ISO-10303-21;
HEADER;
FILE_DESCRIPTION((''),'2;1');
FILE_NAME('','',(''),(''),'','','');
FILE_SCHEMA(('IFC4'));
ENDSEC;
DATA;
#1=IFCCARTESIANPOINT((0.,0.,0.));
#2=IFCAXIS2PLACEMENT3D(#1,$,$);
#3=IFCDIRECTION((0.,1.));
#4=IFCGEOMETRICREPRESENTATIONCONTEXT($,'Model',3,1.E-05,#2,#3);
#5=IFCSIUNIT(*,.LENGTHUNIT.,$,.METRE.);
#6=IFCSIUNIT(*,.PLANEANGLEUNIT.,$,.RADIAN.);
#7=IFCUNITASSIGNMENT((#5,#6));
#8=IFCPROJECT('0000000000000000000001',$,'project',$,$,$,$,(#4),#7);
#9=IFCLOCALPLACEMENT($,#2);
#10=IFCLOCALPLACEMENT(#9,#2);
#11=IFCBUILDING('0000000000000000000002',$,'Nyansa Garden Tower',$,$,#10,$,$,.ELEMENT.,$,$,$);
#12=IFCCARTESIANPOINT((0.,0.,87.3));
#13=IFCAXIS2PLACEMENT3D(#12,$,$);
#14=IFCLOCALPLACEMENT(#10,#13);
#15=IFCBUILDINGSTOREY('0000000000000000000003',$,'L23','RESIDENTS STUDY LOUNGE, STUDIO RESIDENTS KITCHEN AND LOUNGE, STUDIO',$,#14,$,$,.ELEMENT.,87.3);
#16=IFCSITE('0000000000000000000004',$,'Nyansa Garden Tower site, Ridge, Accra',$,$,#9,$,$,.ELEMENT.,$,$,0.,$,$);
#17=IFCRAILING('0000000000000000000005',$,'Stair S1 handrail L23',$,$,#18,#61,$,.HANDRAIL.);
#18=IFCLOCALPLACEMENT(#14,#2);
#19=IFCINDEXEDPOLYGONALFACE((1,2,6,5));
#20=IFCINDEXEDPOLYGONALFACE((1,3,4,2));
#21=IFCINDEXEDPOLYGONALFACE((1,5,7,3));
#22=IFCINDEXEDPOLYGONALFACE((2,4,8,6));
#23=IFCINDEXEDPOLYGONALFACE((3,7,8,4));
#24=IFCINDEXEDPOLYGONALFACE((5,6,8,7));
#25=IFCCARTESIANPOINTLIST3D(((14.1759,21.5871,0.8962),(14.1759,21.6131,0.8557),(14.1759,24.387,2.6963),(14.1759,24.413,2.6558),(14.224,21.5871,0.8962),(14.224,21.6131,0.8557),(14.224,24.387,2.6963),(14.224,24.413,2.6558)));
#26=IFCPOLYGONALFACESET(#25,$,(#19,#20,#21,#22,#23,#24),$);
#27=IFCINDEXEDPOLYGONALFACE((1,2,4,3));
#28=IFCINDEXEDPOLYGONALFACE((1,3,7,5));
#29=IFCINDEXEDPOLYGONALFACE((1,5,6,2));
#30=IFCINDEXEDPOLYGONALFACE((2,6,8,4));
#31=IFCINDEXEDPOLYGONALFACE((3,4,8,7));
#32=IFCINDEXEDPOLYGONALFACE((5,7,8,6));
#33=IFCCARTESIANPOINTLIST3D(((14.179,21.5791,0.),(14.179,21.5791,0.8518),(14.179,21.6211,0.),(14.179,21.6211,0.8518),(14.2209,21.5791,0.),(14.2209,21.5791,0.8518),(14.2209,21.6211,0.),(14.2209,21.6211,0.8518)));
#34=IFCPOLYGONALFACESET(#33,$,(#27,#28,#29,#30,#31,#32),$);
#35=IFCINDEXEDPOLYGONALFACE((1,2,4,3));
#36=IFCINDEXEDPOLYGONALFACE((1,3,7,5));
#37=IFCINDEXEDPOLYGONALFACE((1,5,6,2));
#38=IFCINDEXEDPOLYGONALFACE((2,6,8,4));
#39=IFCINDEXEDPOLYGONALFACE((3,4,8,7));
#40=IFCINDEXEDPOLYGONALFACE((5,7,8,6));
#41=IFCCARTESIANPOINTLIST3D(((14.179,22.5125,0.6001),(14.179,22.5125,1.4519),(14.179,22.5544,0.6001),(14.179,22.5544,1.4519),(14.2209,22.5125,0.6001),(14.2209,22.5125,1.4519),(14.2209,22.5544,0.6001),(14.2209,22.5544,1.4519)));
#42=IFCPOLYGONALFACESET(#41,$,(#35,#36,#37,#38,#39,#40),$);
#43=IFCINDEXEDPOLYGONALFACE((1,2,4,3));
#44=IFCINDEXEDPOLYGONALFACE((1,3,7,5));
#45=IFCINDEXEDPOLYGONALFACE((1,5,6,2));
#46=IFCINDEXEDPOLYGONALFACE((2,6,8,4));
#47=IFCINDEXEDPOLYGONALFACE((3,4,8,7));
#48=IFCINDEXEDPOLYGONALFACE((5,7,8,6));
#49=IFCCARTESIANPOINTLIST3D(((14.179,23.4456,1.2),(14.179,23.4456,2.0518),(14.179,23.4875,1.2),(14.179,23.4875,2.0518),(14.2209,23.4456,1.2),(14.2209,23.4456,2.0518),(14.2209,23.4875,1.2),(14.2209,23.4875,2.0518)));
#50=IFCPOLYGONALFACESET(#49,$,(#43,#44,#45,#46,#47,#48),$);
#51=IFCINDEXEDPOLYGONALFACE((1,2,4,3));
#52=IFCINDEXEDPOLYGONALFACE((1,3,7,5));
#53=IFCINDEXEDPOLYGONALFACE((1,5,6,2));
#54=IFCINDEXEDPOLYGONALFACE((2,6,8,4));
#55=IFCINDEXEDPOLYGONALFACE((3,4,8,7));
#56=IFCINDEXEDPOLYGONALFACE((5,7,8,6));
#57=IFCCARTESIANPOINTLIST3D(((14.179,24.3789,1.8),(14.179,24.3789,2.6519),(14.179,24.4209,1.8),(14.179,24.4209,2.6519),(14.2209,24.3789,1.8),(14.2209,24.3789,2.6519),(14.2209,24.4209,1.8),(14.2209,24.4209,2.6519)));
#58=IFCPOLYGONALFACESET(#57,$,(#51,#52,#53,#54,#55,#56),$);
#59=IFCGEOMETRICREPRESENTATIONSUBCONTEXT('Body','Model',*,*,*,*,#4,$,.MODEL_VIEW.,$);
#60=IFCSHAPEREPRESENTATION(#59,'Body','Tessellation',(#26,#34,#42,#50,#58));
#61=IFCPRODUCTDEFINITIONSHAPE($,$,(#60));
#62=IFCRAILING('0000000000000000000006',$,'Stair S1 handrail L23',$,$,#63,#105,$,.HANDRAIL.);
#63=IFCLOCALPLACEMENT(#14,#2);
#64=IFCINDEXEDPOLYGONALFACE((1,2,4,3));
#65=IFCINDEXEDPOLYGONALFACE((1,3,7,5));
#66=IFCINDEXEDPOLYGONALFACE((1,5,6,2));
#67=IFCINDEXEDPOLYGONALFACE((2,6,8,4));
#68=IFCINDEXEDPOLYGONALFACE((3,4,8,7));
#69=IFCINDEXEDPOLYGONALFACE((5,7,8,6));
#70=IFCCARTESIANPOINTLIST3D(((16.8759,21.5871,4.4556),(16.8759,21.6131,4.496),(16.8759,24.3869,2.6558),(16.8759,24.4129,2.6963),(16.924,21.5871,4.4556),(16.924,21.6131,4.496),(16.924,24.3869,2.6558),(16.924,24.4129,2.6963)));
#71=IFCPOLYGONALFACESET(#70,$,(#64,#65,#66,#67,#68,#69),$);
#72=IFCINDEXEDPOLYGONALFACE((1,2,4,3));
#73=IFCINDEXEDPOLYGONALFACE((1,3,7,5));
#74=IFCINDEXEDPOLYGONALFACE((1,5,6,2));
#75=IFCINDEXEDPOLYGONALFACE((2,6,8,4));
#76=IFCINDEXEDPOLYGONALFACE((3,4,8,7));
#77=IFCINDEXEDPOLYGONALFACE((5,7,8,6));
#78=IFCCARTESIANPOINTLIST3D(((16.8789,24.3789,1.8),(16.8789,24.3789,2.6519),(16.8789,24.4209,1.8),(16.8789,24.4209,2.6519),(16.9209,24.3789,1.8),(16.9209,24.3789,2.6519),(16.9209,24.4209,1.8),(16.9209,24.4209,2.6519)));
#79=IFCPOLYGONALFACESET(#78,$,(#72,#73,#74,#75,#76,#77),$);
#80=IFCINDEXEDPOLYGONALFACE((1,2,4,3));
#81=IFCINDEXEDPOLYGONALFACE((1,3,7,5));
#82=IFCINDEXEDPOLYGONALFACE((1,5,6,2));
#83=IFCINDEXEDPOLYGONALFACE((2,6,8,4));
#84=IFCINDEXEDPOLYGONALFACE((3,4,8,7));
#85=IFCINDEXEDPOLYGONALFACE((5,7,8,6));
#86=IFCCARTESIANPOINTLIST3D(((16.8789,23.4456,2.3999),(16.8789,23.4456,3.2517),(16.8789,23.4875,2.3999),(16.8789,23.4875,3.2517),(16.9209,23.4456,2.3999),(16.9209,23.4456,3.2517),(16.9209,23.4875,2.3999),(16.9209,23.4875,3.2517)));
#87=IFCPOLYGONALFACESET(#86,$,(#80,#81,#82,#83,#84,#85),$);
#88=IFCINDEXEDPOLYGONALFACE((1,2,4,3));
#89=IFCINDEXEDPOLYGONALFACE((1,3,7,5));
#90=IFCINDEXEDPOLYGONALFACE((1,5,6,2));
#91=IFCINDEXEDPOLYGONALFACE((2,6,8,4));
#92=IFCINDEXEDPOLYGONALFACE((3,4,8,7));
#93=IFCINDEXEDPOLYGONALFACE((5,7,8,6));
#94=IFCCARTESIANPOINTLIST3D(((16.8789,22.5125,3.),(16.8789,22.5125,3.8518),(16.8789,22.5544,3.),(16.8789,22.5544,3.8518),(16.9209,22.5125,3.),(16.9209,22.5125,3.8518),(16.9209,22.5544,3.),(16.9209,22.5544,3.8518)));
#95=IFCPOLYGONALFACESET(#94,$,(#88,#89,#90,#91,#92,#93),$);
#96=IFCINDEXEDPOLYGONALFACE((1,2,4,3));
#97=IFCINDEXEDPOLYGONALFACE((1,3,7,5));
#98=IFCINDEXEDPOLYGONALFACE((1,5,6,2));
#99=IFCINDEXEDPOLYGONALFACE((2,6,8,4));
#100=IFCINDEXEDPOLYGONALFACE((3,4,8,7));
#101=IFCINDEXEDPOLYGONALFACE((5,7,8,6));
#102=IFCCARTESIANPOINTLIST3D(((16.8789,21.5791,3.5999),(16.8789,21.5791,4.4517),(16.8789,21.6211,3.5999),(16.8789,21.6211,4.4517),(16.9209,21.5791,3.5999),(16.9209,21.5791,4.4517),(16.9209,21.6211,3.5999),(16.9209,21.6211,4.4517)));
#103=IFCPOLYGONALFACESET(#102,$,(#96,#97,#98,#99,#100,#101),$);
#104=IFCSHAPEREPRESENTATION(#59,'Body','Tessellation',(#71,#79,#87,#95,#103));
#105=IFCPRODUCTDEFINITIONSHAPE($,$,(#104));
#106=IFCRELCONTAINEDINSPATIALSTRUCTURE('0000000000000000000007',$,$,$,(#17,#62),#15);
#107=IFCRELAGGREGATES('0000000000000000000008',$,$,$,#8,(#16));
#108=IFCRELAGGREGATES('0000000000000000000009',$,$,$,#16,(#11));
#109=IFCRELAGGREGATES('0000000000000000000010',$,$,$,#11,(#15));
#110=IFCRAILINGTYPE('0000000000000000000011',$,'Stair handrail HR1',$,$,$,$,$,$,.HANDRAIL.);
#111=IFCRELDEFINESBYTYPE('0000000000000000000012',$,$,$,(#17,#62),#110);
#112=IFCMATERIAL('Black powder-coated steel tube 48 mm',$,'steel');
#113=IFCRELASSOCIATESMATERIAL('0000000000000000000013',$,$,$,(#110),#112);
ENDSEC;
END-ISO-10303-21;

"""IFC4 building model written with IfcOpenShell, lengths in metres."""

from ifc_helpers import new_model, si_unit, direction, frame, origin, origin_2d, place, context, subcontext, project, spatial, rectangle, extrude, material, type_object, element, save


model = new_model("IFC4")

# Units and contexts
model_context = context("Model", 3, precision=1e-05, world=origin(), true_north=direction((0.0, 1.0)))
body_context = subcontext(model_context, "Body", "Model", "MODEL_VIEW")
ifc_project = project(units=[si_unit("LENGTHUNIT", "METRE"), si_unit("PLANEANGLEUNIT", "RADIAN")], contexts=[model_context])

# Site, building, storey
site_placement = place(None, origin())
site = spatial("IfcSite", under=ifc_project, at=site_placement, Name="Nyansa Garden Tower site, Ridge, Accra", CompositionType="ELEMENT", RefElevation=0.0)
building_placement = place(site_placement, origin())
building = spatial("IfcBuilding", under=site, at=building_placement, Name="Nyansa Garden Tower", CompositionType="ELEMENT")
storey_placement = place(building_placement, frame((0.0, 0.0, 87.3)))
storey = spatial("IfcBuildingStorey", under=building, at=storey_placement, Name="L23", Description="RESIDENTS STUDY LOUNGE, STUDIO RESIDENTS KITCHEN AND LOUNGE, STUDIO", CompositionType="ELEMENT", Elevation=87.3)

# Railings
ifc_material_1 = material(Name="Black powder-coated steel tube 48 mm", Category="steel")
railing_type = type_object("IfcRailingType", Name="Stair handrail HR1", PredefinedType="HANDRAIL", material=ifc_material_1)
railing_1_placement = place(storey_placement, frame((14.2, 21.6001, 0.0)))
element("IfcRailing", 1, at=railing_1_placement, inside=storey, type_object=railing_type, Name="Stair S1 handrail L23", PredefinedType="HANDRAIL", context=body_context, shape_type="SweptSolid", body=[
    extrude(rectangle(XDim=0.0481, YDim=0.0481, at=origin_2d()), frame((0.0, 0.0, 0.876), z_axis=(0.0, 0.841155, 0.540795), x_axis=(-1.0, 0.0, 0.0)), (0.0, 0.0, 1.0), 3.3286),
    extrude(rectangle(XDim=0.042, YDim=0.042, at=origin_2d()), origin(), (0.0, 0.0, 1.0), 0.8518),
    extrude(rectangle(XDim=0.042, YDim=0.042, at=origin_2d()), frame((0.0, 0.9333, 0.6001)), (0.0, 0.0, 1.0), 0.8518),
    extrude(rectangle(XDim=0.042, YDim=0.042, at=origin_2d()), frame((0.0, 1.8665, 1.2)), (0.0, 0.0, 1.0), 0.8518),
    extrude(rectangle(XDim=0.042, YDim=0.042, at=origin_2d()), frame((0.0, 2.7998, 1.8)), (0.0, 0.0, 1.0), 0.8518),
])
railing_2_placement = place(storey_placement, frame((16.8999, 24.3999, 1.8)))
element("IfcRailing", 2, at=railing_2_placement, inside=storey, type_object=railing_type, Name="Stair S1 handrail L23", PredefinedType="HANDRAIL", context=body_context, shape_type="SweptSolid", body=[
    extrude(rectangle(XDim=0.0481, YDim=0.0481, at=origin_2d()), frame((0.0, 0.0, 0.876), z_axis=(0.0, -0.841188, 0.540743), x_axis=(1.0, 0.0, 0.0)), (0.0, 0.0, 1.0), 3.3284),
    extrude(rectangle(XDim=0.042, YDim=0.042, at=origin_2d()), origin(), (0.0, 0.0, 1.0), 0.8518),
    extrude(rectangle(XDim=0.042, YDim=0.042, at=origin_2d()), frame((0.0, -0.9333, 0.5999)), (0.0, 0.0, 1.0), 0.8518),
    extrude(rectangle(XDim=0.042, YDim=0.042, at=origin_2d()), frame((0.0, -1.8665, 1.2)), (0.0, 0.0, 1.0), 0.8518),
    extrude(rectangle(XDim=0.042, YDim=0.042, at=origin_2d()), frame((0.0, -2.7998, 1.7998)), (0.0, 0.0, 1.0), 0.8518),
])

save(model, "model.ifc")
